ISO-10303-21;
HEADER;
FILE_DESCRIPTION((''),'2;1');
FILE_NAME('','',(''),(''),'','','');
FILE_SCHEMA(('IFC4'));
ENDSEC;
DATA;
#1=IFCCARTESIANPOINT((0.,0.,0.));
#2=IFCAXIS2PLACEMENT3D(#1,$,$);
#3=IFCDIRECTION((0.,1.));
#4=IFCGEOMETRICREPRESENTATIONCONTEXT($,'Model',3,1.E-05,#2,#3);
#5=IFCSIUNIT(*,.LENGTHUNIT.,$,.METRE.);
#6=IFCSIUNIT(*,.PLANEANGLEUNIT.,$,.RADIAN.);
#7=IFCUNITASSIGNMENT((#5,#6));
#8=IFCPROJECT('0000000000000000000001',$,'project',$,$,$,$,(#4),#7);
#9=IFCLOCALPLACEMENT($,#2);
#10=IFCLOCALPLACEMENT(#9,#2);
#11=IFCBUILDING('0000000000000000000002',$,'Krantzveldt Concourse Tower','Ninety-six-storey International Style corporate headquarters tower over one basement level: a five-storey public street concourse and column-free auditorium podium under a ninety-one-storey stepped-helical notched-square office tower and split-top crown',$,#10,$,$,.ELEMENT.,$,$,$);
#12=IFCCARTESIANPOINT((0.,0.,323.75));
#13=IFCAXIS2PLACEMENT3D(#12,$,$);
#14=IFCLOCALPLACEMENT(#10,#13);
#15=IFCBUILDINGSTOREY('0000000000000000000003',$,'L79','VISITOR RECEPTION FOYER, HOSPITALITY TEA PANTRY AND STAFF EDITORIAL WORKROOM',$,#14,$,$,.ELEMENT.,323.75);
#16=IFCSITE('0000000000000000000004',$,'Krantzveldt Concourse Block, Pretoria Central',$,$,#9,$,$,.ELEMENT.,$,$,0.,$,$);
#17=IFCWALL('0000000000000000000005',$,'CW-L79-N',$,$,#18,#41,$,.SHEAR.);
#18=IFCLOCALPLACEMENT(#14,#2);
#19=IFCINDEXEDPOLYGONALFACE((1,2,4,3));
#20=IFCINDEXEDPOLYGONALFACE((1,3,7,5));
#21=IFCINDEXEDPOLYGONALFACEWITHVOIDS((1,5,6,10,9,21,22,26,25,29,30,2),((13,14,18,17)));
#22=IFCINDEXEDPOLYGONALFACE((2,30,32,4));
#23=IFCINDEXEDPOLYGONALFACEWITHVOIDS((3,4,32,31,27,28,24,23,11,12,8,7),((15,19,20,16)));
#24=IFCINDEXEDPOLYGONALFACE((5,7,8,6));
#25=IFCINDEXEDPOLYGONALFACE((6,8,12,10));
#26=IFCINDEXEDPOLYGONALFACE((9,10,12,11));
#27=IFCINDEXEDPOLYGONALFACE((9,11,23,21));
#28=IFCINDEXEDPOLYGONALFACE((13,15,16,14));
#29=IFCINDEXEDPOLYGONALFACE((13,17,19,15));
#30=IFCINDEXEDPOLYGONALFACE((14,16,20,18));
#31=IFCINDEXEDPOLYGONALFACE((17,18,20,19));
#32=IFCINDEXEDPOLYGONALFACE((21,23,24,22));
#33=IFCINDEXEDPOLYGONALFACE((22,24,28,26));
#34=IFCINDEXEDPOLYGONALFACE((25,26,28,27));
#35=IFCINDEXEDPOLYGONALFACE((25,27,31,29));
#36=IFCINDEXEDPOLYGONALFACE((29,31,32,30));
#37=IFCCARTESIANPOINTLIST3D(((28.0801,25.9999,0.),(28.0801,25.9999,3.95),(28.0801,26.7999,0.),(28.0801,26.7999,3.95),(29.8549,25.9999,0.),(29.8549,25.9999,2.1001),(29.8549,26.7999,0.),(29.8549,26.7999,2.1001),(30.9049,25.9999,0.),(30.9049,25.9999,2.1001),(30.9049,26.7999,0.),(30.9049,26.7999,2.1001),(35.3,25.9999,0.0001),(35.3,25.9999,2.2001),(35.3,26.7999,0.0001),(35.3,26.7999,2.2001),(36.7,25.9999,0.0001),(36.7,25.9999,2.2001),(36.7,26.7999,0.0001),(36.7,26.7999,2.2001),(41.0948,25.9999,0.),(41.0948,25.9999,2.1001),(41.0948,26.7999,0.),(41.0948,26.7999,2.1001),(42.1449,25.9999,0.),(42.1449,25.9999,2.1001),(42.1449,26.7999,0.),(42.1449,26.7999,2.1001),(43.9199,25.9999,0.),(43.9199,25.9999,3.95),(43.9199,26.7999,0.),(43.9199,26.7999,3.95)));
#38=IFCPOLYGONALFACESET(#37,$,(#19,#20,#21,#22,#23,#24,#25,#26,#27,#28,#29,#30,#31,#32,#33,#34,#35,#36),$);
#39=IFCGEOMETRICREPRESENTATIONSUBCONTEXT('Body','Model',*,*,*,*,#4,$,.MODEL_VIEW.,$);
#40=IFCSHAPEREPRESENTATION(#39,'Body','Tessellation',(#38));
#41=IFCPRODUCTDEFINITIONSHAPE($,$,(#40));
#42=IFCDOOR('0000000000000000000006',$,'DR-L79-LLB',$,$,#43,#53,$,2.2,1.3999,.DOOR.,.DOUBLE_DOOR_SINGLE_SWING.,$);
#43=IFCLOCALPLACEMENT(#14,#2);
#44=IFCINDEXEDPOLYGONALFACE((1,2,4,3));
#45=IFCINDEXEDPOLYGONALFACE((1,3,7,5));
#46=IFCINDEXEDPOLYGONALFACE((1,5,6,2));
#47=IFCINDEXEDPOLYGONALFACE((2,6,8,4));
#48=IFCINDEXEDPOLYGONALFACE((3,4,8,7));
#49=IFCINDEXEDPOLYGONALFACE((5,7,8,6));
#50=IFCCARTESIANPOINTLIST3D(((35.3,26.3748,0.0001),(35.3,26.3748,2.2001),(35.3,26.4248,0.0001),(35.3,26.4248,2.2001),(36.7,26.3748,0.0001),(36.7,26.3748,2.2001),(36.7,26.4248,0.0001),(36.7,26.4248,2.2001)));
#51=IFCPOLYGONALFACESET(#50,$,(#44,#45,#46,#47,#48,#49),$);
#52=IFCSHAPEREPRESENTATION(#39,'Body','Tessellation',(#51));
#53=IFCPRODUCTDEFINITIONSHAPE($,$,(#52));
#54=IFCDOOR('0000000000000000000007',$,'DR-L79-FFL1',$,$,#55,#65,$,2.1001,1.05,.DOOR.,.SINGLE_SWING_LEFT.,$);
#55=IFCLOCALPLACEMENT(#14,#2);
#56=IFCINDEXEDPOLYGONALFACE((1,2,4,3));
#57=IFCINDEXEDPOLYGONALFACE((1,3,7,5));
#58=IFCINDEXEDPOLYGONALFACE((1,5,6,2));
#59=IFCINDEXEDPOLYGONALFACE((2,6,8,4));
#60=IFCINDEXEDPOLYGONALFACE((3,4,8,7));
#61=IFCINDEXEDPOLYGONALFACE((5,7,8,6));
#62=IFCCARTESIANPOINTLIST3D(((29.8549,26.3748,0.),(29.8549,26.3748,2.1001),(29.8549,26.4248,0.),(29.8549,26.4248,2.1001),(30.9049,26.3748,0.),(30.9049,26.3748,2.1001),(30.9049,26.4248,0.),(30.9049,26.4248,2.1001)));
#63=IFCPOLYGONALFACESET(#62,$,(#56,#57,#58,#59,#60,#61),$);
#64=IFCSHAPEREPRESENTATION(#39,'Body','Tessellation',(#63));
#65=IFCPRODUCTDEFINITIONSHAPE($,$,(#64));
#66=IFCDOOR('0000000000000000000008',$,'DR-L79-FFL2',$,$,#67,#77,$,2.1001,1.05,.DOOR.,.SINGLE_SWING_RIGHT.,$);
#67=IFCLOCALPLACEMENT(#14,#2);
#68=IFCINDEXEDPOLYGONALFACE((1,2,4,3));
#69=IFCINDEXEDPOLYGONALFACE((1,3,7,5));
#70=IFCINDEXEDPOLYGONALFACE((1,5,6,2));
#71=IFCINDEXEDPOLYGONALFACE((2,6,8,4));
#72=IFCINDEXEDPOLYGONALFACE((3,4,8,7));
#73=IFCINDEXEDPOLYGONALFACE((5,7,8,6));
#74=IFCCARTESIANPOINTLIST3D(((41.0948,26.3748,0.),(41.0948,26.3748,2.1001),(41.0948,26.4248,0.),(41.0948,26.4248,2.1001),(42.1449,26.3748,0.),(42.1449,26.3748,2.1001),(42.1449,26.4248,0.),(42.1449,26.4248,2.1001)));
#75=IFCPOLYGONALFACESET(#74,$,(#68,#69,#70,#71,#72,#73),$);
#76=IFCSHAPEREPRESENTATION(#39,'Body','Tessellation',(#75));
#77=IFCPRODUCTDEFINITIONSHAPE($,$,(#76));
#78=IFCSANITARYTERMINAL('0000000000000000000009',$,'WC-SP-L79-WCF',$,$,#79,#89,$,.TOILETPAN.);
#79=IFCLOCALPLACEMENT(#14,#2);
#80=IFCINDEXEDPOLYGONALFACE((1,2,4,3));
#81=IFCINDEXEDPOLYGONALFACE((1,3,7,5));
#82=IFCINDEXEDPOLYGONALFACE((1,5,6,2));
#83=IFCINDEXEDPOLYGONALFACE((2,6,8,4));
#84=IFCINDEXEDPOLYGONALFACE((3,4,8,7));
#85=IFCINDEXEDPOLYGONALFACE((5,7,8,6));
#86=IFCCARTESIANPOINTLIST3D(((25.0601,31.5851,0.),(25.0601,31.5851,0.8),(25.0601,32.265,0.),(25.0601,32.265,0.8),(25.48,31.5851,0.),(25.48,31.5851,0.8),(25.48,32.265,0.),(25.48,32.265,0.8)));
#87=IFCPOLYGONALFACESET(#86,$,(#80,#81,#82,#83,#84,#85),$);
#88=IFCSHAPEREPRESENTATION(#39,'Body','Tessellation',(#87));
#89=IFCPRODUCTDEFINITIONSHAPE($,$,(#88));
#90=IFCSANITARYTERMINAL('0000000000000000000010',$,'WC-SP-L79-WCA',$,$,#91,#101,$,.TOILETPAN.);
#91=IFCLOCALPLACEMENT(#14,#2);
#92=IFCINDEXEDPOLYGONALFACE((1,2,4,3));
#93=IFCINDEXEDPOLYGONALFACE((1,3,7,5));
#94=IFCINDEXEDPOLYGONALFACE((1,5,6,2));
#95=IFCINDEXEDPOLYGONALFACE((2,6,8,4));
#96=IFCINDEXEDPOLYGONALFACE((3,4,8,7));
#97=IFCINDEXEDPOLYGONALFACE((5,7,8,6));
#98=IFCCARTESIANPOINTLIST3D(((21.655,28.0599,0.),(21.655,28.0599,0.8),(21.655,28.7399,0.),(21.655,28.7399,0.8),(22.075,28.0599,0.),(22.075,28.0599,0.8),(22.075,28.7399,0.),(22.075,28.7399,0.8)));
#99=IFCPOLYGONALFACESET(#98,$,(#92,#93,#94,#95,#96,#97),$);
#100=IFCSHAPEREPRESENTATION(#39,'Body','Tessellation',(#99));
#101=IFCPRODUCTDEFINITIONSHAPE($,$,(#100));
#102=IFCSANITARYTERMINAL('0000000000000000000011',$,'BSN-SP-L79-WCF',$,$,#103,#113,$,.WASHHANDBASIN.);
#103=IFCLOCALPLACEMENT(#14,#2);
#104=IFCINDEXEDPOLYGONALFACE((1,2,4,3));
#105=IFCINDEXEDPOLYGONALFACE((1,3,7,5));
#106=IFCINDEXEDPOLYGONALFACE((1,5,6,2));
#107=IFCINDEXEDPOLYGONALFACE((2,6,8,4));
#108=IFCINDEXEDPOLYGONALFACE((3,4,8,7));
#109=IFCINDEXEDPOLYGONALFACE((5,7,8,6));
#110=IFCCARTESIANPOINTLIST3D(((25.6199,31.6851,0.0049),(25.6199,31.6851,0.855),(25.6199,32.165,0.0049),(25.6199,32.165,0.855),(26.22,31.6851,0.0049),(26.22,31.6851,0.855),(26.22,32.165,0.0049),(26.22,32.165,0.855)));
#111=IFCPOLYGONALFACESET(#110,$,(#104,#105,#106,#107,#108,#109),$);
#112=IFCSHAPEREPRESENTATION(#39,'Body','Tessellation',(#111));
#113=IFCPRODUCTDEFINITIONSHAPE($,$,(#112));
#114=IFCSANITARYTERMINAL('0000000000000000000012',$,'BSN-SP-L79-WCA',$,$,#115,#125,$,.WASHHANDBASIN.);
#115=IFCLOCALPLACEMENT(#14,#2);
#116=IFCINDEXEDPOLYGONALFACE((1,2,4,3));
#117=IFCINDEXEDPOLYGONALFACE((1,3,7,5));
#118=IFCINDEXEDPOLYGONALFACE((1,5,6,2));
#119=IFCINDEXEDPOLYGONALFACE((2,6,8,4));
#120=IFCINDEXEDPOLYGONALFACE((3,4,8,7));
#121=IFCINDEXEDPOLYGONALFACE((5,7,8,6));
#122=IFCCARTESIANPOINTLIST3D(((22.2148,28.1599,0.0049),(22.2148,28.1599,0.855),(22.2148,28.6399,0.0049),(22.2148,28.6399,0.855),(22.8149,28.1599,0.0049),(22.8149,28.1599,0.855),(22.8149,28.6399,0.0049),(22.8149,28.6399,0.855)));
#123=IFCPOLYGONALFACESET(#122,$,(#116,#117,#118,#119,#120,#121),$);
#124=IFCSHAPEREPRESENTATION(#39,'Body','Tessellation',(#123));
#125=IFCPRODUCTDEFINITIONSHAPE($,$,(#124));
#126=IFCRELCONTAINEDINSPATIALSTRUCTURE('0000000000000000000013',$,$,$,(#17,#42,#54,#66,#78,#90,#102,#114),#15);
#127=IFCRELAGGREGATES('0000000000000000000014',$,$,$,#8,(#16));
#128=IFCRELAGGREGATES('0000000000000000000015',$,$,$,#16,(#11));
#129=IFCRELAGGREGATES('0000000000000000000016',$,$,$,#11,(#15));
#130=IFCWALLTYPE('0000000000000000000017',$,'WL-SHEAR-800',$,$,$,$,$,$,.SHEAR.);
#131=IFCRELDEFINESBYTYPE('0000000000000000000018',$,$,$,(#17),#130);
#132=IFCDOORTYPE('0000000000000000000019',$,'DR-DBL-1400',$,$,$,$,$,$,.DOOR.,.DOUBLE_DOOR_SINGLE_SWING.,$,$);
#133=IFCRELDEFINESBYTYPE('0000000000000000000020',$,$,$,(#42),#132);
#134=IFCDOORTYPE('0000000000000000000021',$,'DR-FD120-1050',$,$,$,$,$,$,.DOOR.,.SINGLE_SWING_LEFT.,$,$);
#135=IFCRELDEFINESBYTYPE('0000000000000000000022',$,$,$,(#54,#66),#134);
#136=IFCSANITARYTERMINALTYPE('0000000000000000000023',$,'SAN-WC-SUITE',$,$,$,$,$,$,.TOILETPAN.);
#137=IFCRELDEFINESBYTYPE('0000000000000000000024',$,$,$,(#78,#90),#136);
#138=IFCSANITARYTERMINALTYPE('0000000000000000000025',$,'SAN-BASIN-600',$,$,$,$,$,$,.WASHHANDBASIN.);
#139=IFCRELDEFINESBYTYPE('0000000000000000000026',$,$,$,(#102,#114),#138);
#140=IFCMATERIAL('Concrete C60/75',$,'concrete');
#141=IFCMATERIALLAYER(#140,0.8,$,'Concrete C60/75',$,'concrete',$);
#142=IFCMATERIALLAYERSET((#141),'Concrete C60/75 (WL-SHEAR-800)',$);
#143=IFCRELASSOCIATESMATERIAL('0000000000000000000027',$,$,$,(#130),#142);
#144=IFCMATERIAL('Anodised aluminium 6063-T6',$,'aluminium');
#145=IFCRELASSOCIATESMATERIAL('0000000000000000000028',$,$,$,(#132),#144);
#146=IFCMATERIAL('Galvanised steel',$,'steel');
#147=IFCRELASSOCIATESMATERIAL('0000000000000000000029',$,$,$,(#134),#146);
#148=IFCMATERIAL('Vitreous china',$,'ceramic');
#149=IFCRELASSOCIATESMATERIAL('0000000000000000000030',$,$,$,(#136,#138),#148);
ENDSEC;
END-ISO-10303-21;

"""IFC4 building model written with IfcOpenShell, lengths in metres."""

from ifc_helpers import new_model, si_unit, direction, frame, frame_2d, origin, origin_2d, place, context, subcontext, project, spatial, rectangle, extrude, source, transform, mapped, material, layer, layer_set, type_object, type_shapes, element, fill, save


model = new_model("IFC4")

# Units and contexts
model_context = context("Model", 3, precision=1e-05, world=origin(), true_north=direction((0.0, 1.0)))
body_context = subcontext(model_context, "Body", "Model", "MODEL_VIEW")
ifc_project = project(units=[si_unit("LENGTHUNIT", "METRE"), si_unit("PLANEANGLEUNIT", "RADIAN")], contexts=[model_context])

# Site, building, storey
site_placement = place(None, origin())
site = spatial("IfcSite", under=ifc_project, at=site_placement, Name="Krantzveldt Concourse Block, Pretoria Central", CompositionType="ELEMENT", RefElevation=0.0)
building_placement = place(site_placement, origin())
building = spatial("IfcBuilding", under=site, at=building_placement, Name="Krantzveldt Concourse Tower", Description="Ninety-six-storey International Style corporate headquarters tower over one basement level: a five-storey public street concourse and column-free auditorium podium under a ninety-one-storey stepped-helical notched-square office tower and split-top crown", CompositionType="ELEMENT")
storey_placement = place(building_placement, frame((0.0, 0.0, 323.75)))
storey = spatial("IfcBuildingStorey", under=building, at=storey_placement, Name="L79", Description="VISITOR RECEPTION FOYER, HOSPITALITY TEA PANTRY AND STAFF EDITORIAL WORKROOM", CompositionType="ELEMENT", Elevation=323.75)

# Wall, openings, doors
ifc_material_1 = material(Name="Concrete C60/75", Category="concrete")
ifc_layer_1 = layer(ifc_material_1, 0.8, Name="Concrete C60/75", Category="concrete")
ifc_layer_set_1 = layer_set([ifc_layer_1], Name="Concrete C60/75 (WL-SHEAR-800)")
wall_type_1 = type_object("IfcWallType", Name="WL-SHEAR-800", PredefinedType="SHEAR", material=ifc_layer_set_1)
wall_1_placement = place(storey_placement, frame((28.0801, 26.3999, 0.0), z_axis=(0.0, 0.0, 1.0), x_axis=(1.0, 0.0, 0.0)))
wall_1 = element("IfcWall", 1, at=wall_1_placement, inside=storey, type_object=wall_type_1, Name="CW-L79-N", PredefinedType="SHEAR", context=body_context, shape_type="SweptSolid", body=[
    extrude(rectangle(XDim=15.8398, YDim=0.8, at=frame_2d((7.9199, 0.0))), origin(), (0.0, 0.0, 1.0), 3.95),
])
opening_1_placement = place(wall_1_placement, frame((7.22, 0.0, 0.0)))
opening_1 = element("IfcOpeningElement", 2, at=opening_1_placement, cuts=wall_1, PredefinedType="OPENING", context=body_context, shape_type="SweptSolid", body=[
    extrude(rectangle(XDim=1.3999, YDim=2.2, at=frame_2d((0.7, 1.1001))), frame((0.0, 0.4102, 0.0), z_axis=(0.0, -1.0, 0.0), x_axis=(1.0, 0.0, 0.0)), (0.0, 0.0, 1.0), 0.8201),
])
opening_2_placement = place(wall_1_placement, frame((1.7749, 0.0, 0.0)))
opening_2 = element("IfcOpeningElement", 3, at=opening_2_placement, cuts=wall_1, PredefinedType="OPENING", context=body_context, shape_type="SweptSolid", body=[
    extrude(rectangle(XDim=1.05, YDim=2.1001, at=frame_2d((0.5249, 1.05))), frame((0.0, 0.4102, 0.0), z_axis=(0.0, -1.0, 0.0), x_axis=(1.0, 0.0, 0.0)), (0.0, 0.0, 1.0), 0.8201),
])
opening_3_placement = place(wall_1_placement, frame((13.0149, 0.0, 0.0)))
opening_3 = element("IfcOpeningElement", 4, at=opening_3_placement, cuts=wall_1, PredefinedType="OPENING", context=body_context, shape_type="SweptSolid", body=[
    extrude(rectangle(XDim=1.05, YDim=2.1001, at=frame_2d((0.5249, 1.05))), frame((0.0, 0.4102, 0.0), z_axis=(0.0, -1.0, 0.0), x_axis=(1.0, 0.0, 0.0)), (0.0, 0.0, 1.0), 0.8201),
])
ifc_material_2 = material(Name="Anodised aluminium 6063-T6", Category="aluminium")
door_type_1 = type_object("IfcDoorType", Name="DR-DBL-1400", OperationType="DOUBLE_DOOR_SINGLE_SWING", PredefinedType="DOOR", material=ifc_material_2)
door_1_placement = place(opening_1_placement, origin())
door_1 = element("IfcDoor", 5, at=door_1_placement, inside=storey, type_object=door_type_1, Name="DR-L79-LLB", OperationType="DOUBLE_DOOR_SINGLE_SWING", OverallHeight=2.2, OverallWidth=1.3999, PredefinedType="DOOR", context=body_context, shape_type="SweptSolid", body=[
    extrude(rectangle(XDim=1.3999, YDim=2.2, at=frame_2d((0.7, 1.1001))), frame((0.0, 0.0249, 0.0), z_axis=(0.0, -1.0, 0.0), x_axis=(1.0, 0.0, 0.0)), (0.0, 0.0, 1.0), 0.05),
])
fill(opening_1, door_1)
ifc_material_3 = material(Name="Galvanised steel", Category="steel")
door_type_2 = type_object("IfcDoorType", Name="DR-FD120-1050", OperationType="SINGLE_SWING_LEFT", PredefinedType="DOOR", material=ifc_material_3)
door_2_placement = place(opening_2_placement, origin())
door_2 = element("IfcDoor", 6, at=door_2_placement, inside=storey, type_object=door_type_2, Name="DR-L79-FFL1", OperationType="SINGLE_SWING_LEFT", OverallHeight=2.1001, OverallWidth=1.05, PredefinedType="DOOR", context=body_context, shape_type="SweptSolid", body=[
    extrude(rectangle(XDim=1.05, YDim=2.1001, at=frame_2d((0.5249, 1.05))), frame((0.0, 0.0249, 0.0), z_axis=(0.0, -1.0, 0.0), x_axis=(1.0, 0.0, 0.0)), (0.0, 0.0, 1.0), 0.05),
])
fill(opening_2, door_2)
door_3_placement = place(opening_3_placement, origin())
door_3 = element("IfcDoor", 7, at=door_3_placement, inside=storey, type_object=door_type_2, Name="DR-L79-FFL2", OperationType="SINGLE_SWING_RIGHT", OverallHeight=2.1001, OverallWidth=1.05, PredefinedType="DOOR", context=body_context, shape_type="SweptSolid", body=[
    extrude(rectangle(XDim=1.05, YDim=2.1001, at=frame_2d((0.5249, 1.05))), frame((0.0, 0.0249, 0.0), z_axis=(0.0, -1.0, 0.0), x_axis=(1.0, 0.0, 0.0)), (0.0, 0.0, 1.0), 0.05),
])
fill(opening_3, door_3)

# Sanitary terminals
ifc_material_4 = material(Name="Vitreous china", Category="ceramic")
sanitary_terminal_type_1 = type_object("IfcSanitaryTerminalType", Name="SAN-WC-SUITE", PredefinedType="TOILETPAN", material=ifc_material_4)
shared_shape_1 = source(origin(), body_context, "Body", "SweptSolid", [
    extrude(rectangle(XDim=0.4199, YDim=0.6799, at=origin_2d()), origin(), (0.0, 0.0, 1.0), 0.8),
])
type_shapes(sanitary_terminal_type_1, [shared_shape_1])
for number, where, z_axis, x_axis, name in (
    (8, (25.27, 31.925, 0.0), (0.0, 0.0, 1.0), (1.0, 0.0, 0.0), "WC-SP-L79-WCF"),
    (9, (21.865, 28.3999, 0.0), (0.0, 0.0, 1.0), (1.0, 0.0, 0.0), "WC-SP-L79-WCA"),
):
    element("IfcSanitaryTerminal", number, at=place(storey_placement, frame(where, z_axis=z_axis, x_axis=x_axis)), inside=storey, type_object=sanitary_terminal_type_1, Name=name, PredefinedType="TOILETPAN", context=body_context, shape_type="MappedRepresentation", body=[
        mapped(shared_shape_1, transform((0.0, 0.0, 0.0), x_axis=(1.0, 0.0, 0.0), y_axis=(0.0, 1.0, 0.0), z_axis=(0.0, 0.0, 1.0), scale=1.0)),
    ])
sanitary_terminal_type_2 = type_object("IfcSanitaryTerminalType", Name="SAN-BASIN-600", PredefinedType="WASHHANDBASIN", material=ifc_material_4)
shared_shape_2 = source(origin(), body_context, "Body", "SweptSolid", [
    extrude(rectangle(XDim=0.6001, YDim=0.48, at=origin_2d()), origin(), (0.0, 0.0, 1.0), 0.8501),
])
type_shapes(sanitary_terminal_type_2, [shared_shape_2])
for number, where, z_axis, x_axis, name in (
    (10, (25.9199, 31.925, 0.0049), (0.0, 0.0, 1.0), (1.0, 0.0, 0.0), "BSN-SP-L79-WCF"),
    (11, (22.5149, 28.3999, 0.0049), (0.0, 0.0, 1.0), (1.0, 0.0, 0.0), "BSN-SP-L79-WCA"),
):
    element("IfcSanitaryTerminal", number, at=place(storey_placement, frame(where, z_axis=z_axis, x_axis=x_axis)), inside=storey, type_object=sanitary_terminal_type_2, Name=name, PredefinedType="WASHHANDBASIN", context=body_context, shape_type="MappedRepresentation", body=[
        mapped(shared_shape_2, transform((0.0, 0.0, 0.0), x_axis=(1.0, 0.0, 0.0), y_axis=(0.0, 1.0, 0.0), z_axis=(0.0, 0.0, 1.0), scale=1.0)),
    ])

save(model, "model.ifc")
